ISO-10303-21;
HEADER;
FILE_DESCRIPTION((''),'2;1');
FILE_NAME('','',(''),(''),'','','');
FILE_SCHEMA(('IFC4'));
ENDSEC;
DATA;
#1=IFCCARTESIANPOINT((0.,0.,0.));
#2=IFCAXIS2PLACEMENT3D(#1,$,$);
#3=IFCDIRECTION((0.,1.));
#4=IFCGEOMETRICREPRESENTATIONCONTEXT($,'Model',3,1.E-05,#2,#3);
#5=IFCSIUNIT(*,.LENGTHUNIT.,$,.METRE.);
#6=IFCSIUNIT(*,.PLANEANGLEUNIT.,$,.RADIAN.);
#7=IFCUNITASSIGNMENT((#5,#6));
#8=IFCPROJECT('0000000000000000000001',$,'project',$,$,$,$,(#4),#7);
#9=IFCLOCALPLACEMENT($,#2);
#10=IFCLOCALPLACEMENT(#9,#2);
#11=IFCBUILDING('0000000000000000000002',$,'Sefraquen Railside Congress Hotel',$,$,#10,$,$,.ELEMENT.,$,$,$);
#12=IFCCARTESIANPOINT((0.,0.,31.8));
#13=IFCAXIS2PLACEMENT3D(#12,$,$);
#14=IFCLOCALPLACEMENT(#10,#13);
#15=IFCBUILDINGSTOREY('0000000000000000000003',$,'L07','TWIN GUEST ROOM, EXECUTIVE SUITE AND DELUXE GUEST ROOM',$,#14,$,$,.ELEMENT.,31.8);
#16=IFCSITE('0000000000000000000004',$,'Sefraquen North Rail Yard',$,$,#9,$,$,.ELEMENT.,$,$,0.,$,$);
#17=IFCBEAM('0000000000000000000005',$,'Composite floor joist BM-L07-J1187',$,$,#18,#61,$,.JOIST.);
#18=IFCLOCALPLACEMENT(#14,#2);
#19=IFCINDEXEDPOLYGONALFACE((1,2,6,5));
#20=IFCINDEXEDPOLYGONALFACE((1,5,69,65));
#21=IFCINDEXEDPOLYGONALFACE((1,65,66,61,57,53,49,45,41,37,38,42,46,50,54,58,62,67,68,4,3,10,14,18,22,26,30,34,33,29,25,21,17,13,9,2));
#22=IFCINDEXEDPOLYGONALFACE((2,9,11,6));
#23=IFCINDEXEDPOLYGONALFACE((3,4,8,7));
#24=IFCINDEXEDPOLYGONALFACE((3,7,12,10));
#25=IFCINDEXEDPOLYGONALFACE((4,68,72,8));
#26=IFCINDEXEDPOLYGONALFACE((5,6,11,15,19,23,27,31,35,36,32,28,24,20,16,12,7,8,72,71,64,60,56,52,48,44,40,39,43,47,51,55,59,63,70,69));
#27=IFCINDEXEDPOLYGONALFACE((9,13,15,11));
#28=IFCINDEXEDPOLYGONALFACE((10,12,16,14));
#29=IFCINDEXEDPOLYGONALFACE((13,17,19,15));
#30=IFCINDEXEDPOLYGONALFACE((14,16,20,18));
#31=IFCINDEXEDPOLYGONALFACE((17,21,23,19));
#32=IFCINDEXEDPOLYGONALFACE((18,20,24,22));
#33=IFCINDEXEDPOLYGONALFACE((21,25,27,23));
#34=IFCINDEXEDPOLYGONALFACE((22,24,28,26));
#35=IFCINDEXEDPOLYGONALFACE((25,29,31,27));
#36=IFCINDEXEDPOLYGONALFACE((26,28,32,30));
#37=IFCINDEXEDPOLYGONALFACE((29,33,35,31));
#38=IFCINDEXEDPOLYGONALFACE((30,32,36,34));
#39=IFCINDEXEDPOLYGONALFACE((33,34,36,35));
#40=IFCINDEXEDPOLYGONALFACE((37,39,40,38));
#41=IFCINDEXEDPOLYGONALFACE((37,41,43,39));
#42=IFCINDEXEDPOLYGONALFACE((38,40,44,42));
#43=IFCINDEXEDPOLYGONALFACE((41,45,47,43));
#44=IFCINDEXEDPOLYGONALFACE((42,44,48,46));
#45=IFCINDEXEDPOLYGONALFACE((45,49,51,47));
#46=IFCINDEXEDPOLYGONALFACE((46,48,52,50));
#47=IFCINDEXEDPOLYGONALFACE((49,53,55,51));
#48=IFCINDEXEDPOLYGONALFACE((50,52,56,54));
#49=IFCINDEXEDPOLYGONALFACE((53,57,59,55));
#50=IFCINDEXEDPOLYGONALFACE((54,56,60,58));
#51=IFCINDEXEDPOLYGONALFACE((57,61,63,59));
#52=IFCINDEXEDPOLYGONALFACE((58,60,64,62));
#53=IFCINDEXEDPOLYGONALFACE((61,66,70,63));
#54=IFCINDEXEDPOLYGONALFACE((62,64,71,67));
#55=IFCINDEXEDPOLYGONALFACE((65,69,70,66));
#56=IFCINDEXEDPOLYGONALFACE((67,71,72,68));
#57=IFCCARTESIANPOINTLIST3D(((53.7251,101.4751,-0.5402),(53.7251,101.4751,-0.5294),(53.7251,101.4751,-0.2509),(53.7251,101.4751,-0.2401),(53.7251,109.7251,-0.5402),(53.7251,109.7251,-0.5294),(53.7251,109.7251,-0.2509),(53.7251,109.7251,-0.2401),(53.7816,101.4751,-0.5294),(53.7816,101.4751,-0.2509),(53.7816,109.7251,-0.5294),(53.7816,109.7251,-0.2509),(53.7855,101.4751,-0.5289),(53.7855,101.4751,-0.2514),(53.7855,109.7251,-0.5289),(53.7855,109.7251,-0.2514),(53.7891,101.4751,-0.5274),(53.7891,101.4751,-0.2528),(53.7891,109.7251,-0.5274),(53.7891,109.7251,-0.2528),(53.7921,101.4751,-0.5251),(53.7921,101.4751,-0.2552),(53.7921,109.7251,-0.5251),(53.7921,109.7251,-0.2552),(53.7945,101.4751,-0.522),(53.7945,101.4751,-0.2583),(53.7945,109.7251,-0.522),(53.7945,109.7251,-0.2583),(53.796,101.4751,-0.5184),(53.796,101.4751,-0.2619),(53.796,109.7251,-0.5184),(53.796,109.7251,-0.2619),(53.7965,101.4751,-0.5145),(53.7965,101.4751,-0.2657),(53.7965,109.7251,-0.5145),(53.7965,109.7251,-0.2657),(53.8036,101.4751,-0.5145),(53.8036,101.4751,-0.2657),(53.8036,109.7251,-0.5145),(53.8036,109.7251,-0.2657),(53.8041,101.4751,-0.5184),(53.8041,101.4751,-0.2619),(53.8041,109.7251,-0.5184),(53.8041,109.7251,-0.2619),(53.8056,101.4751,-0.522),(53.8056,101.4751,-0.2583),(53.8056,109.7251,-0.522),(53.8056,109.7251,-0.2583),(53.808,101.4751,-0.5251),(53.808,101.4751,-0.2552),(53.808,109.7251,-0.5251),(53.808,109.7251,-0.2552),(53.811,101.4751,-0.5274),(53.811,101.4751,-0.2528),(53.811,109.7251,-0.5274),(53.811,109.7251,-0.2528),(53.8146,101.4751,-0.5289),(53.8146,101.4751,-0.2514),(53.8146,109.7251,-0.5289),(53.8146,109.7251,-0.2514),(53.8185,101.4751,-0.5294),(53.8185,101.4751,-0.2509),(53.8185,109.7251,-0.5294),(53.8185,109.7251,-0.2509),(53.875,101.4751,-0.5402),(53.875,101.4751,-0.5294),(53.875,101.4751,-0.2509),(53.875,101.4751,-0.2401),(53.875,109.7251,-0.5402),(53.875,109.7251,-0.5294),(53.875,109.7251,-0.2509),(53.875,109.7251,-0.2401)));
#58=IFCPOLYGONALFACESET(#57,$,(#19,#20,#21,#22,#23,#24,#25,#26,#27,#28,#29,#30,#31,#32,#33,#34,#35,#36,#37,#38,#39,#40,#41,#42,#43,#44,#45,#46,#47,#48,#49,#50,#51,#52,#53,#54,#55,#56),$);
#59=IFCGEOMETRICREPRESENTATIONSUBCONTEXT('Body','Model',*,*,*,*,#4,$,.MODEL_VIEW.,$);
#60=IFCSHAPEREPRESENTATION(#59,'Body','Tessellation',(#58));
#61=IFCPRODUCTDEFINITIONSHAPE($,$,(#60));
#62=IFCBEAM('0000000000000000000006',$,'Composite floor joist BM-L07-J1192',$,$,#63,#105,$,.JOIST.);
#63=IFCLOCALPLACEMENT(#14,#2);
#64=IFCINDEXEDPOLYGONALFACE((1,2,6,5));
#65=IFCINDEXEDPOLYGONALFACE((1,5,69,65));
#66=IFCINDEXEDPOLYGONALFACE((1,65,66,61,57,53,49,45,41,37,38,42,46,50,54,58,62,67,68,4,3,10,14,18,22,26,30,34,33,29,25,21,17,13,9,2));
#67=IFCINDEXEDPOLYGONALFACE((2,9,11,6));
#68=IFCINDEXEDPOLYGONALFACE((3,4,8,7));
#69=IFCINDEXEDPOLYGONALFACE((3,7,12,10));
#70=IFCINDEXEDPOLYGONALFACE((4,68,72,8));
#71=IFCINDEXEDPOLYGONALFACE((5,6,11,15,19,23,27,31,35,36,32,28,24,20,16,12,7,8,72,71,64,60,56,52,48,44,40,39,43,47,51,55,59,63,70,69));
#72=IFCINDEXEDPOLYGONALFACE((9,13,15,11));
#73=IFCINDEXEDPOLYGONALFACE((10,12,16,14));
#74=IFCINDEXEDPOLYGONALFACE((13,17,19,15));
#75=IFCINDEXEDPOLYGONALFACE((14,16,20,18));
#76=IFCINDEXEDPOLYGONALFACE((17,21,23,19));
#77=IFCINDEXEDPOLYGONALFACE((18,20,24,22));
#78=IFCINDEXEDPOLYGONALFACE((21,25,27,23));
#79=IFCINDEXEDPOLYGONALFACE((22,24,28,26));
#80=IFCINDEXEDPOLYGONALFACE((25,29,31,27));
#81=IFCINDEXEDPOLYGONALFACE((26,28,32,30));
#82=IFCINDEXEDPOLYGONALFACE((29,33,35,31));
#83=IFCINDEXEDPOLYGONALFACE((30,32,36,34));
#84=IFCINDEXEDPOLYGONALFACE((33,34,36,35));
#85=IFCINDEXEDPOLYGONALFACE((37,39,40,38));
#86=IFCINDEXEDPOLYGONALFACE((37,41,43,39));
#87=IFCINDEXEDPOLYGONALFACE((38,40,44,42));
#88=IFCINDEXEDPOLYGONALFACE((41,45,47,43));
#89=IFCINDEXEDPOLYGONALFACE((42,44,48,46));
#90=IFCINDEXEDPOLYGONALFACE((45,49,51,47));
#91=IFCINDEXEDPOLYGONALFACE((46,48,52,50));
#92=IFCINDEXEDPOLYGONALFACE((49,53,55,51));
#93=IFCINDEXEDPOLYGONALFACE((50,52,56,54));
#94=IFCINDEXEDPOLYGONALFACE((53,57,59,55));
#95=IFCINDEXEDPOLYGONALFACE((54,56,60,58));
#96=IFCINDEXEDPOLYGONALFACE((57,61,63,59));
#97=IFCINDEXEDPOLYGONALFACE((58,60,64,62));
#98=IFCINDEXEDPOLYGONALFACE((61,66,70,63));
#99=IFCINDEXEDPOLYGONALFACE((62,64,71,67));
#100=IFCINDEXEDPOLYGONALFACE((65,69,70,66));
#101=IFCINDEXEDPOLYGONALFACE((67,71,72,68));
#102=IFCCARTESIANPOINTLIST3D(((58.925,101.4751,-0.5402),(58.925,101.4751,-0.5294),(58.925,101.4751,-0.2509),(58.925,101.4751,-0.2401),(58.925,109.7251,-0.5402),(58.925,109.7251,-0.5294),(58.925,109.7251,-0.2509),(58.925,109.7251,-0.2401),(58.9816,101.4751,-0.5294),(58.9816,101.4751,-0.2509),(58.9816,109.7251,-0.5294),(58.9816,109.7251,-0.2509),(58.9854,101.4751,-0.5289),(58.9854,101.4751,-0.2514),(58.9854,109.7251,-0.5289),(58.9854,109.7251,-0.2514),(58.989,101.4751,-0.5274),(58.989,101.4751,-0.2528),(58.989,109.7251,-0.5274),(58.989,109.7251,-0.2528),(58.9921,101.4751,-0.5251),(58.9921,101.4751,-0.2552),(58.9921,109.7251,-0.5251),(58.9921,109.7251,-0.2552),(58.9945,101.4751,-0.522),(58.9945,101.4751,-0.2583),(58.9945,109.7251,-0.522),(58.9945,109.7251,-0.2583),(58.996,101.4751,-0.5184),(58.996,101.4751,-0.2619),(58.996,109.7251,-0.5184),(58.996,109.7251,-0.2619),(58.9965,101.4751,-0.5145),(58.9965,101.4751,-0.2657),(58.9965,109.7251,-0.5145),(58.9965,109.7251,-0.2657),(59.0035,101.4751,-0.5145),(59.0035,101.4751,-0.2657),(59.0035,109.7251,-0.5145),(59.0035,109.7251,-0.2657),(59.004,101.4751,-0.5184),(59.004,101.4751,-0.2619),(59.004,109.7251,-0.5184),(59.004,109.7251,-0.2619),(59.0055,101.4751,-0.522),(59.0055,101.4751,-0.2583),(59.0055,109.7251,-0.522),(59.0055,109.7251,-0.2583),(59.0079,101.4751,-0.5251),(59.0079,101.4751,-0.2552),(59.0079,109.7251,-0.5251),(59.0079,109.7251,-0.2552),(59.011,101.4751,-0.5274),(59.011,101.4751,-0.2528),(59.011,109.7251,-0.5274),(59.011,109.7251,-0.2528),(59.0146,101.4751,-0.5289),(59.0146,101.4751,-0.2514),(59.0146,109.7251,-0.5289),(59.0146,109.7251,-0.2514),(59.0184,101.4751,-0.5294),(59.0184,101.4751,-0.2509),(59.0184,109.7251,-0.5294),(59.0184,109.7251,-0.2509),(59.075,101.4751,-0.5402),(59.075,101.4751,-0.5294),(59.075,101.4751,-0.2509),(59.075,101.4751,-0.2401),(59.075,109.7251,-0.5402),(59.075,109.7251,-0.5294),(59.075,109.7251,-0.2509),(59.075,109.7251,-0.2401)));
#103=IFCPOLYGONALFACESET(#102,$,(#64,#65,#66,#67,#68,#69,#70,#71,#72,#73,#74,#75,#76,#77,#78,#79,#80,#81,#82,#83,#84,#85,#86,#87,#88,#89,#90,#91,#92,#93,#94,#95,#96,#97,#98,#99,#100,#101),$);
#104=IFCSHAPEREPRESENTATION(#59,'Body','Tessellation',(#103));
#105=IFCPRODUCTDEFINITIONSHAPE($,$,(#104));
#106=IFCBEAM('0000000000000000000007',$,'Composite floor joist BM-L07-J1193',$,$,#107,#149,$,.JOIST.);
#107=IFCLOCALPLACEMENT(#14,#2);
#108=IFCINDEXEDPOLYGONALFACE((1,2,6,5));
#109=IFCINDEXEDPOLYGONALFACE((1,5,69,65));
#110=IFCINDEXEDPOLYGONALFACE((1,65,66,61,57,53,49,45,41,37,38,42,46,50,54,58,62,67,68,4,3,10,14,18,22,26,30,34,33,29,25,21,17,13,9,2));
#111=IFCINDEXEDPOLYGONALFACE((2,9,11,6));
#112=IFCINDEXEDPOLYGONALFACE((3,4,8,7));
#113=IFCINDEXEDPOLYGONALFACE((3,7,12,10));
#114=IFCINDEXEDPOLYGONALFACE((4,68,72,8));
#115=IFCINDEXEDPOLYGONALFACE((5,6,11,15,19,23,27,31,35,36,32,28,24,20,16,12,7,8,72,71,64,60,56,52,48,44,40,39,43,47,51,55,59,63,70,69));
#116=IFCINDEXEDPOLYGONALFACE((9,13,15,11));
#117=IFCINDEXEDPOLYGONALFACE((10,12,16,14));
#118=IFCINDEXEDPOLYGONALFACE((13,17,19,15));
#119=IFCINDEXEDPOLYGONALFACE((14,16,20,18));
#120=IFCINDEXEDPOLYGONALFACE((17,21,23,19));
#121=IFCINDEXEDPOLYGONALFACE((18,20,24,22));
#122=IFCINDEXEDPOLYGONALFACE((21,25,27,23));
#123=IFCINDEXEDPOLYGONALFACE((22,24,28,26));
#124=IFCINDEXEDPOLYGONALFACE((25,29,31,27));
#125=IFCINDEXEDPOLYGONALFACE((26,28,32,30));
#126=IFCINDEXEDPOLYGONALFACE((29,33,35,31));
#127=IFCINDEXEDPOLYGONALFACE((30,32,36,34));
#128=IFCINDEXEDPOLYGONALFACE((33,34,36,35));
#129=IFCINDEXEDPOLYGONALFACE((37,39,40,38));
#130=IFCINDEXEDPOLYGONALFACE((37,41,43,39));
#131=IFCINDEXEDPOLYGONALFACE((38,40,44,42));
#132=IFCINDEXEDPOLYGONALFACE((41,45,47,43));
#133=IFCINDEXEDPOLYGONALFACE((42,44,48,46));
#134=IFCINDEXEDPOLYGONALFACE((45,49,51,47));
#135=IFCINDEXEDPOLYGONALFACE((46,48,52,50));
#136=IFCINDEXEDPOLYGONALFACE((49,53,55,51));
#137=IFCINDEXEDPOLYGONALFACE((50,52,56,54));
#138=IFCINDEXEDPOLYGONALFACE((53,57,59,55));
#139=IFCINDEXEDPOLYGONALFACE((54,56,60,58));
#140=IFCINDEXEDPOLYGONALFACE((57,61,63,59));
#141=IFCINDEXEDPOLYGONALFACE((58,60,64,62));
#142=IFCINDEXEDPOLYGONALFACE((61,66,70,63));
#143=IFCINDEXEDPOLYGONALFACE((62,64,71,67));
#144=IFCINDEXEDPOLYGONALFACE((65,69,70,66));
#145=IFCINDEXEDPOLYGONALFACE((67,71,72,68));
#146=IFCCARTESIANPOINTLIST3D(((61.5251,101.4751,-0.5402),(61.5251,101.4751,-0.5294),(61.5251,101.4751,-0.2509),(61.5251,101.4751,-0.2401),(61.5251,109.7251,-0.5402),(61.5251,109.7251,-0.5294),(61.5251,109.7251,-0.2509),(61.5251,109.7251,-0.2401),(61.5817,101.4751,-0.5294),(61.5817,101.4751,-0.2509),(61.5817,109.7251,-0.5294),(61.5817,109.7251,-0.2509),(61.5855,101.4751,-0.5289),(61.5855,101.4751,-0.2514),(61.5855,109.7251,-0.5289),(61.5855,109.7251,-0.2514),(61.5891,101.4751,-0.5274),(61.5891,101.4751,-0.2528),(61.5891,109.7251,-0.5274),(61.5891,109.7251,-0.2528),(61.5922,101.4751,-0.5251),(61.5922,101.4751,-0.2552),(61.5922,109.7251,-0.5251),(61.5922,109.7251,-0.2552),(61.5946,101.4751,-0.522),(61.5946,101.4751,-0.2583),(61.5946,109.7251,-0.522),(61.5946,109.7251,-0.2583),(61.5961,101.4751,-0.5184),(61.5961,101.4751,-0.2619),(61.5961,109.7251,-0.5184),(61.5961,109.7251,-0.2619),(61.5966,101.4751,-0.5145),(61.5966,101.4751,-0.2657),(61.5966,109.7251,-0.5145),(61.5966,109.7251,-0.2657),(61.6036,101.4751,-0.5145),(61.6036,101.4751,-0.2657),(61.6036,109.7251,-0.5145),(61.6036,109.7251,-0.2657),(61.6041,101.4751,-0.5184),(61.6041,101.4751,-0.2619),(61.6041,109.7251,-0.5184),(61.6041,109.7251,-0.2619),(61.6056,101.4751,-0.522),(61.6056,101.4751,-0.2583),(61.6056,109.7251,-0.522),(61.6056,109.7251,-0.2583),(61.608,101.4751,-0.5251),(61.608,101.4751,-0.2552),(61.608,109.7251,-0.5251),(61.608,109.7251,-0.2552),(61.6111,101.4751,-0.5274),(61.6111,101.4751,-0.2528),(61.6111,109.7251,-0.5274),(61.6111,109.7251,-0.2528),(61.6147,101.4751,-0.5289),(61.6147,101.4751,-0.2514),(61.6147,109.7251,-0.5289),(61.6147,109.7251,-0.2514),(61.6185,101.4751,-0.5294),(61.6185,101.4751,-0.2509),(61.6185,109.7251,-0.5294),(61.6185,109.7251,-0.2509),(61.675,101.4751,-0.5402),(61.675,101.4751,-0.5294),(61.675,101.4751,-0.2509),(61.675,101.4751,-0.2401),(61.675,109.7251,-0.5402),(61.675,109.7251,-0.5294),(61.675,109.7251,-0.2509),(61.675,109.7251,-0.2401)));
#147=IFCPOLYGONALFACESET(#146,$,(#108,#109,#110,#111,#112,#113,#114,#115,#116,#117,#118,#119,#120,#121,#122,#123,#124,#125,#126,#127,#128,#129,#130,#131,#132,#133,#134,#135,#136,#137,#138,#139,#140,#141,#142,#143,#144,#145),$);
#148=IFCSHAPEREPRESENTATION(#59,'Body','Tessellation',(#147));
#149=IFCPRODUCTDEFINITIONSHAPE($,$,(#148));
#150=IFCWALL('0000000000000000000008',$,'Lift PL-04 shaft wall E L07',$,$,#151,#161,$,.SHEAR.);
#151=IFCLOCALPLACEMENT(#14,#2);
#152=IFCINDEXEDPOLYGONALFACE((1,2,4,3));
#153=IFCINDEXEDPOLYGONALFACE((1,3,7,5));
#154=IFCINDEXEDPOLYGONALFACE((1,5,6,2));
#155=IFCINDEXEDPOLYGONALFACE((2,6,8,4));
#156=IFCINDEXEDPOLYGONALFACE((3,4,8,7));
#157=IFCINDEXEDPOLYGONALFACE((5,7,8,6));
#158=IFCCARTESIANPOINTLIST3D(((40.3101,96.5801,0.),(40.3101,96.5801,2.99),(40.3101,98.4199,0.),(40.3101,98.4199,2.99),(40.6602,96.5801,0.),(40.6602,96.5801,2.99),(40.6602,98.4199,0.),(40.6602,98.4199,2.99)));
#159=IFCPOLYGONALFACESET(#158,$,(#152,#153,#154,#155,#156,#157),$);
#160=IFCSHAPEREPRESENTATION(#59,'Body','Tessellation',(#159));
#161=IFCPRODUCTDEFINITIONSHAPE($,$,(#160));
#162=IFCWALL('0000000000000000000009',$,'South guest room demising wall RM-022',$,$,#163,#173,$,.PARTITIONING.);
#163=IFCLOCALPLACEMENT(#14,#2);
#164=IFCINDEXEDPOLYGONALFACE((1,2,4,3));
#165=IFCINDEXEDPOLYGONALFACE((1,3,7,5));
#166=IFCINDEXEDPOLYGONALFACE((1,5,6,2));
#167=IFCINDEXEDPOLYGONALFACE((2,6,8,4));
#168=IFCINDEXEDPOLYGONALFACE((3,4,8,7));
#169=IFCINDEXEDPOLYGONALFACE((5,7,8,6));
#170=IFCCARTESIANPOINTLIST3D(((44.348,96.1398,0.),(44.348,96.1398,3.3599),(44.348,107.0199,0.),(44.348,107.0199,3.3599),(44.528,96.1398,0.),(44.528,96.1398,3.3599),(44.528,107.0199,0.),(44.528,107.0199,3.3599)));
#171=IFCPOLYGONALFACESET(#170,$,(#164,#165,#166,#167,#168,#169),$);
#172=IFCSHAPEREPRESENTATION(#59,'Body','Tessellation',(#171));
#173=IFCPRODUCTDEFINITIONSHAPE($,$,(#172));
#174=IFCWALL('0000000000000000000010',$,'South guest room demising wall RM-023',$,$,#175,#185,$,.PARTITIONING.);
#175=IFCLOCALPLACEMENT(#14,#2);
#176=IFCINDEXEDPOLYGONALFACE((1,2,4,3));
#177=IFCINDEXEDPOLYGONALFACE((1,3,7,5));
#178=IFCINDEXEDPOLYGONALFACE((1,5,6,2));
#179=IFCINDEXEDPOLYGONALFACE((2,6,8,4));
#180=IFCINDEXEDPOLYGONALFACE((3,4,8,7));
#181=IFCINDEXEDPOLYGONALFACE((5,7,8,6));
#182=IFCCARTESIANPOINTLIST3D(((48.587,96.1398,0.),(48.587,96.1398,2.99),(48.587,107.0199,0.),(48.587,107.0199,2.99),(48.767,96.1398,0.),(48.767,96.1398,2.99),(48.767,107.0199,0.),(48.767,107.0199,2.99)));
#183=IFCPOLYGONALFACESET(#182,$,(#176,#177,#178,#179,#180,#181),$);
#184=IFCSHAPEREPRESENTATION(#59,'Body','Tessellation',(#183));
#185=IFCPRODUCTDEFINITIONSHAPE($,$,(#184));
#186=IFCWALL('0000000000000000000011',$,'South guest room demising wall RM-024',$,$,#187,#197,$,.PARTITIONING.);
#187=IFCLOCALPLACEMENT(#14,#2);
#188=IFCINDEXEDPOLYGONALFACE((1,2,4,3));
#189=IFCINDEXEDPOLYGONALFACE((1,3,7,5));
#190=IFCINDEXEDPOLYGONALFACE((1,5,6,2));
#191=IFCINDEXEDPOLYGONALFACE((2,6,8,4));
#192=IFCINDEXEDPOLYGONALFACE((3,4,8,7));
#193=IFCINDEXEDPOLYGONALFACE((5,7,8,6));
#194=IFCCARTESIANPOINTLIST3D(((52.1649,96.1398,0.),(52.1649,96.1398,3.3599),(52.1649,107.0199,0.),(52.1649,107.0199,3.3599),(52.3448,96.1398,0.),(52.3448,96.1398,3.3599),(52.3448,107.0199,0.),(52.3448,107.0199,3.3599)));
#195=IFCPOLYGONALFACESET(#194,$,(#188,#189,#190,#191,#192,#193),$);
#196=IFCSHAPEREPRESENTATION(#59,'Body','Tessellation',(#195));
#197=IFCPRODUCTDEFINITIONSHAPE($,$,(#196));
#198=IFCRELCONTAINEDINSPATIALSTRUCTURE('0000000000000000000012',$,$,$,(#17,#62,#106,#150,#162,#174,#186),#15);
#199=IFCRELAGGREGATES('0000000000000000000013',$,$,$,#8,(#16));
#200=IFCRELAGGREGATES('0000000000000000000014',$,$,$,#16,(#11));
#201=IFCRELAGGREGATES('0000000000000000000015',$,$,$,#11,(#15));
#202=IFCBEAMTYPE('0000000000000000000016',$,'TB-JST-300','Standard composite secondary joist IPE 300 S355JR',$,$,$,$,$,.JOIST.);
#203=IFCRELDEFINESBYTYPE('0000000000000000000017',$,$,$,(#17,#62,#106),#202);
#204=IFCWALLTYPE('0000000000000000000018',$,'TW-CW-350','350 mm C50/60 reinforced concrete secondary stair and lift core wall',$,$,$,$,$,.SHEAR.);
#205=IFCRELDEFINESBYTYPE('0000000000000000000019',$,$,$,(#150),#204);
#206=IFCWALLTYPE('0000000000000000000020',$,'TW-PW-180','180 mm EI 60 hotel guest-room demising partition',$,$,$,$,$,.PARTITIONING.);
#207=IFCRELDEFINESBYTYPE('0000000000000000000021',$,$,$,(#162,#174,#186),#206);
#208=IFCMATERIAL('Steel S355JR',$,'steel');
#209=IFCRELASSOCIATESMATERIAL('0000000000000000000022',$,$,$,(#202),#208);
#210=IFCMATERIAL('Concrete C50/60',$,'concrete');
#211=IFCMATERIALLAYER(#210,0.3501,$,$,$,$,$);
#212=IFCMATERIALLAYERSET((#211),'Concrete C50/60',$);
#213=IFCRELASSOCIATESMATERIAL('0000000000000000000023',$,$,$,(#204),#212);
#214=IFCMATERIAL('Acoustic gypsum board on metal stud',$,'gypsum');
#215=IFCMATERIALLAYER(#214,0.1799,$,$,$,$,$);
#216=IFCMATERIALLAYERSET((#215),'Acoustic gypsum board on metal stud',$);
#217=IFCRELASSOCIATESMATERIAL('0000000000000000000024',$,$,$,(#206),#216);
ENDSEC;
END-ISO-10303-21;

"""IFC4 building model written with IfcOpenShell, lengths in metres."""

from ifc_helpers import new_model, si_unit, direction, frame, frame_2d, origin, origin_2d, place, context, subcontext, project, spatial, rectangle, i_section, extrude, material, layer, layer_set, material_profile, profile_set, type_object, element, save


model = new_model("IFC4")

# Units and contexts
model_context = context("Model", 3, precision=1e-05, world=origin(), true_north=direction((0.0, 1.0)))
body_context = subcontext(model_context, "Body", "Model", "MODEL_VIEW")
ifc_project = project(units=[si_unit("LENGTHUNIT", "METRE"), si_unit("PLANEANGLEUNIT", "RADIAN")], contexts=[model_context])

# Site, building, storey
site_placement = place(None, origin())
site = spatial("IfcSite", under=ifc_project, at=site_placement, Name="Sefraquen North Rail Yard", CompositionType="ELEMENT", RefElevation=0.0)
building_placement = place(site_placement, origin())
building = spatial("IfcBuilding", under=site, at=building_placement, Name="Sefraquen Railside Congress Hotel", CompositionType="ELEMENT")
storey_placement = place(building_placement, frame((0.0, 0.0, 31.8)))
storey = spatial("IfcBuildingStorey", under=building, at=storey_placement, Name="L07", Description="TWIN GUEST ROOM, EXECUTIVE SUITE AND DELUXE GUEST ROOM", CompositionType="ELEMENT", Elevation=31.8)

# Shared definitions
ifc_material_1 = material(Name="Steel S355JR", Category="steel")

# Beams
ifc_material_profile_1 = material_profile(ifc_material_1, i_section(OverallWidth=0.1499, OverallDepth=0.3, WebThickness=0.0071, FlangeThickness=0.0107, FilletRadius=0.0149, at=origin_2d()), Name="IPE 300")
ifc_profile_set_1 = profile_set([ifc_material_profile_1], Name="Steel S355JR")
beam_type_1 = type_object("IfcBeamType", Name="TB-JST-300", Description="Standard composite secondary joist IPE 300 S355JR", PredefinedType="JOIST", material=ifc_profile_set_1)
for number, where, z_axis, x_axis, name in (
    (1, (53.8, 101.4751, -0.3901), (0.0, 1.0, 0.0), (-1.0, 0.0, 0.0), "Composite floor joist BM-L07-J1187"),
    (2, (59.0, 101.4751, -0.3901), (0.0, 1.0, 0.0), (-1.0, 0.0, 0.0), "Composite floor joist BM-L07-J1192"),
    (3, (61.6001, 101.4751, -0.3901), (0.0, 1.0, 0.0), (-1.0, 0.0, 0.0), "Composite floor joist BM-L07-J1193"),
):
    element("IfcBeam", number, at=place(storey_placement, frame(where, z_axis=z_axis, x_axis=x_axis)), inside=storey, type_object=beam_type_1, Name=name, PredefinedType="JOIST", context=body_context, shape_type="SweptSolid", body=[
        extrude(i_section(OverallWidth=0.1499, OverallDepth=0.3, WebThickness=0.0071, FlangeThickness=0.0107, FilletRadius=0.0149, at=origin_2d()), origin(), (0.0, 0.0, 1.0), 8.25),
    ])

# Walls
ifc_material_2 = material(Name="Concrete C50/60", Category="concrete")
ifc_layer_1 = layer(ifc_material_2, 0.3501)
ifc_layer_set_1 = layer_set([ifc_layer_1], Name="Concrete C50/60")
wall_type_1 = type_object("IfcWallType", Name="TW-CW-350", Description="350 mm C50/60 reinforced concrete secondary stair and lift core wall", PredefinedType="SHEAR", material=ifc_layer_set_1)
wall_1_placement = place(storey_placement, frame((40.4851, 96.5801, 0.0), z_axis=(0.0, 0.0, 1.0), x_axis=(0.0, 1.0, 0.0)))
element("IfcWall", 4, at=wall_1_placement, inside=storey, type_object=wall_type_1, Name="Lift PL-04 shaft wall E L07", PredefinedType="SHEAR", context=body_context, shape_type="SweptSolid", body=[
    extrude(rectangle(XDim=1.8398, YDim=0.3501, at=frame_2d((0.9199, 0.0))), origin(), (0.0, 0.0, 1.0), 2.99),
])
ifc_material_3 = material(Name="Acoustic gypsum board on metal stud", Category="gypsum")
ifc_layer_2 = layer(ifc_material_3, 0.1799)
ifc_layer_set_2 = layer_set([ifc_layer_2], Name="Acoustic gypsum board on metal stud")
wall_type_2 = type_object("IfcWallType", Name="TW-PW-180", Description="180 mm EI 60 hotel guest-room demising partition", PredefinedType="PARTITIONING", material=ifc_layer_set_2)
wall_2_placement = place(storey_placement, frame((44.438, 96.1399, 0.0), z_axis=(0.0, 0.0, 1.0), x_axis=(0.0, 1.0, 0.0)))
element("IfcWall", 5, at=wall_2_placement, inside=storey, type_object=wall_type_2, Name="South guest room demising wall RM-022", PredefinedType="PARTITIONING", context=body_context, shape_type="SweptSolid", body=[
    extrude(rectangle(XDim=10.8801, YDim=0.1799, at=frame_2d((5.4399, 0.0))), origin(), (0.0, 0.0, 1.0), 3.3599),
])
wall_3_placement = place(storey_placement, frame((48.677, 96.1399, 0.0), z_axis=(0.0, 0.0, 1.0), x_axis=(0.0, 1.0, 0.0)))
element("IfcWall", 6, at=wall_3_placement, inside=storey, type_object=wall_type_2, Name="South guest room demising wall RM-023", PredefinedType="PARTITIONING", context=body_context, shape_type="SweptSolid", body=[
    extrude(rectangle(XDim=10.8801, YDim=0.1799, at=frame_2d((5.4399, 0.0))), origin(), (0.0, 0.0, 1.0), 2.99),
])
wall_4_placement = place(storey_placement, frame((52.2549, 96.1399, 0.0), z_axis=(0.0, 0.0, 1.0), x_axis=(0.0, 1.0, 0.0)))
element("IfcWall", 7, at=wall_4_placement, inside=storey, type_object=wall_type_2, Name="South guest room demising wall RM-024", PredefinedType="PARTITIONING", context=body_context, shape_type="SweptSolid", body=[
    extrude(rectangle(XDim=10.8801, YDim=0.1799, at=frame_2d((5.4399, 0.0))), origin(), (0.0, 0.0, 1.0), 3.3599),
])

save(model, "model.ifc")
